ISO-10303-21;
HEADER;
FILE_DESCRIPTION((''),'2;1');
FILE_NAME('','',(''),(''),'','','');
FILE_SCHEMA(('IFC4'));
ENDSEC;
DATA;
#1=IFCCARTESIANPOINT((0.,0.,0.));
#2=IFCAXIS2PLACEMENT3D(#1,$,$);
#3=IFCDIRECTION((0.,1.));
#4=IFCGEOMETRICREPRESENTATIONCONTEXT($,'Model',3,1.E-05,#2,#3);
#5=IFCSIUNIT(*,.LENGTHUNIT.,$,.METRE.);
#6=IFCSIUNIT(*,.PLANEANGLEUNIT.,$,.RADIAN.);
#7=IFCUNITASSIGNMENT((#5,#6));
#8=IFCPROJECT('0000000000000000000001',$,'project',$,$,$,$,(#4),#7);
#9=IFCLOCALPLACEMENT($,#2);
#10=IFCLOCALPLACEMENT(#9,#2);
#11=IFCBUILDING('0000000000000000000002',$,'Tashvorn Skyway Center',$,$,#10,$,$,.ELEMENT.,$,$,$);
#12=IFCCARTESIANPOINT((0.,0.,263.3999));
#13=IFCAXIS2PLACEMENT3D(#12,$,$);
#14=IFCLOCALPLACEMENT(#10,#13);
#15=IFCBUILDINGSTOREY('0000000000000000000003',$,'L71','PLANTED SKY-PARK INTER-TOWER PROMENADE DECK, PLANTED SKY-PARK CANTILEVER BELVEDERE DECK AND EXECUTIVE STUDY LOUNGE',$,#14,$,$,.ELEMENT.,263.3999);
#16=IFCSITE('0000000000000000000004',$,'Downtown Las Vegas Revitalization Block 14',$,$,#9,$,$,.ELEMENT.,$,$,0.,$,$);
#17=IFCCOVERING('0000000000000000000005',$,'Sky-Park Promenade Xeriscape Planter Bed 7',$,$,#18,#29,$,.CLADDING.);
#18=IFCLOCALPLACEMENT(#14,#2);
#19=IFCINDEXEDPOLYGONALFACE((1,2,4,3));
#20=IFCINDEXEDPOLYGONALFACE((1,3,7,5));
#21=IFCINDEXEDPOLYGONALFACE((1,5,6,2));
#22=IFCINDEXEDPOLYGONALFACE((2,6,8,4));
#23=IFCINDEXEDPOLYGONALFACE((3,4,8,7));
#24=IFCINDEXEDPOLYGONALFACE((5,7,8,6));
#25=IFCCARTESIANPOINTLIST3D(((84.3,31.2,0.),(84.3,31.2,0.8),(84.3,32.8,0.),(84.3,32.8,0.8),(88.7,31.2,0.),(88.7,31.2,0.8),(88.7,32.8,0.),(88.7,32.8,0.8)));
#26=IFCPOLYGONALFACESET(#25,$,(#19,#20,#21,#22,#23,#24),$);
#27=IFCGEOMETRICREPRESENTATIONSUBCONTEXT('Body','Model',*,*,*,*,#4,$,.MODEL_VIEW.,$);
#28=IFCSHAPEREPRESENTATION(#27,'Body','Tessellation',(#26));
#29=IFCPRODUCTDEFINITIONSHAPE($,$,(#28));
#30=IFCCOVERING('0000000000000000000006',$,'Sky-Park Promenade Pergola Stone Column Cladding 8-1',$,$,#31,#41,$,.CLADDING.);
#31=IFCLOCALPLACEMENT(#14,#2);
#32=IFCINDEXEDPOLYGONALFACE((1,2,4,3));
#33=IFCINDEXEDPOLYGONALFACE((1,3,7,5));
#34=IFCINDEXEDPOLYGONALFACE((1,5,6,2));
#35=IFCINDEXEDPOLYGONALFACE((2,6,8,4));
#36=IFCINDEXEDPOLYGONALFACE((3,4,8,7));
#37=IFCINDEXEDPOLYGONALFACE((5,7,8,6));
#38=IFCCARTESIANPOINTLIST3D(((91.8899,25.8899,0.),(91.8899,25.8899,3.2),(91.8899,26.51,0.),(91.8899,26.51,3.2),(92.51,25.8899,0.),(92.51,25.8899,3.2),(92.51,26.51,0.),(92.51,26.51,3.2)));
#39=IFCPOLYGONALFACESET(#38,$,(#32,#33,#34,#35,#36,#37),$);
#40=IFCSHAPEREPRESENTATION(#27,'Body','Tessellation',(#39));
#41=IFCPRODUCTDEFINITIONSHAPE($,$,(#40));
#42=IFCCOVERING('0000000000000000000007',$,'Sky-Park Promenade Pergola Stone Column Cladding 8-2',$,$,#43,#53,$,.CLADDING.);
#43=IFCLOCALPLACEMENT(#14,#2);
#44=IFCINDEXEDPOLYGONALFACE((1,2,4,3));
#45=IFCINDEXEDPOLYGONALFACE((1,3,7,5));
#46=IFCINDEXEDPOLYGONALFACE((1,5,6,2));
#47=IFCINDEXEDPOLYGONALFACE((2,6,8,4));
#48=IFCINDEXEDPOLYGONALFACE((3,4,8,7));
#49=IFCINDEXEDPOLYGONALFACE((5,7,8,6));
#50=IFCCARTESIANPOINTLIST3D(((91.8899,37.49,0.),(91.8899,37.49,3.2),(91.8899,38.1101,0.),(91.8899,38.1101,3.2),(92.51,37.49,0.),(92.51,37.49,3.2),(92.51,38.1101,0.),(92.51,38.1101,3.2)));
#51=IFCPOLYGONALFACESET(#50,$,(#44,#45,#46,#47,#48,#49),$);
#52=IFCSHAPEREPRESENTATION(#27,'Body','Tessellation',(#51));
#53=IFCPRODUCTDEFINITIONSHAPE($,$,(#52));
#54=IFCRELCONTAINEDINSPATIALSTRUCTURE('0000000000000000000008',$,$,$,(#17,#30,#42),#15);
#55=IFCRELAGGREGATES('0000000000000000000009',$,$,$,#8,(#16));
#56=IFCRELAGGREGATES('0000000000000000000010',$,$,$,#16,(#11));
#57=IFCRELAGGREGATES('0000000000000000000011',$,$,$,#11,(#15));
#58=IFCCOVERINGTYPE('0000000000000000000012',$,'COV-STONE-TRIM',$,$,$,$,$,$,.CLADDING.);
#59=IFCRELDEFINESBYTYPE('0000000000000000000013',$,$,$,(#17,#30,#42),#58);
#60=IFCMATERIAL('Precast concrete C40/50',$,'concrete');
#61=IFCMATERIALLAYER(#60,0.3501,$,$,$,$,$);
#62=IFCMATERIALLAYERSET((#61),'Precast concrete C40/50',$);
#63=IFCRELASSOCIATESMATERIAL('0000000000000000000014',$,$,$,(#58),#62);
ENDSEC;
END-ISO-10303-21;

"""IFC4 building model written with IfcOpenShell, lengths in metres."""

from ifc_helpers import new_model, si_unit, direction, frame, origin, origin_2d, place, context, subcontext, project, spatial, rectangle, extrude, material, layer, layer_set, type_object, element, save


model = new_model("IFC4")

# Units and contexts
model_context = context("Model", 3, precision=1e-05, world=origin(), true_north=direction((0.0, 1.0)))
body_context = subcontext(model_context, "Body", "Model", "MODEL_VIEW")
ifc_project = project(units=[si_unit("LENGTHUNIT", "METRE"), si_unit("PLANEANGLEUNIT", "RADIAN")], contexts=[model_context])

# Site, building, storey
site_placement = place(None, origin())
site = spatial("IfcSite", under=ifc_project, at=site_placement, Name="Downtown Las Vegas Revitalization Block 14", CompositionType="ELEMENT", RefElevation=0.0)
building_placement = place(site_placement, origin())
building = spatial("IfcBuilding", under=site, at=building_placement, Name="Tashvorn Skyway Center", CompositionType="ELEMENT")
storey_placement = place(building_placement, frame((0.0, 0.0, 263.3999)))
storey = spatial("IfcBuildingStorey", under=building, at=storey_placement, Name="L71", Description="PLANTED SKY-PARK INTER-TOWER PROMENADE DECK, PLANTED SKY-PARK CANTILEVER BELVEDERE DECK AND EXECUTIVE STUDY LOUNGE", CompositionType="ELEMENT", Elevation=263.3999)

# Shared definitions
ifc_material_1 = material(Name="Precast concrete C40/50", Category="concrete")

# Coverings
ifc_layer_1 = layer(ifc_material_1, 0.3501)
ifc_layer_set_1 = layer_set([ifc_layer_1], Name="Precast concrete C40/50")
covering_type = type_object("IfcCoveringType", Name="COV-STONE-TRIM", PredefinedType="CLADDING", material=ifc_layer_set_1)
covering_1_placement = place(storey_placement, frame((86.5, 32.0, 0.0), z_axis=(0.0, 0.0, 1.0), x_axis=(1.0, 0.0, 0.0)))
element("IfcCovering", 1, at=covering_1_placement, inside=storey, type_object=covering_type, Name="Sky-Park Promenade Xeriscape Planter Bed 7", PredefinedType="CLADDING", context=body_context, shape_type="SweptSolid", body=[
    extrude(rectangle(XDim=4.3999, YDim=1.6001, at=origin_2d()), origin(), (0.0, 0.0, 1.0), 0.8),
])
for number, where, z_axis, x_axis, name in (
    (2, (92.2, 26.2, 0.0), (0.0, 0.0, 1.0), (1.0, 0.0, 0.0), "Sky-Park Promenade Pergola Stone Column Cladding 8-1"),
    (3, (92.2, 37.8, 0.0), (0.0, 0.0, 1.0), (1.0, 0.0, 0.0), "Sky-Park Promenade Pergola Stone Column Cladding 8-2"),
):
    element("IfcCovering", number, at=place(storey_placement, frame(where, z_axis=z_axis, x_axis=x_axis)), inside=storey, type_object=covering_type, Name=name, PredefinedType="CLADDING", context=body_context, shape_type="SweptSolid", body=[
        extrude(rectangle(XDim=0.6201, YDim=0.6201, at=origin_2d()), origin(), (0.0, 0.0, 1.0), 3.2),
    ])

save(model, "model.ifc")
